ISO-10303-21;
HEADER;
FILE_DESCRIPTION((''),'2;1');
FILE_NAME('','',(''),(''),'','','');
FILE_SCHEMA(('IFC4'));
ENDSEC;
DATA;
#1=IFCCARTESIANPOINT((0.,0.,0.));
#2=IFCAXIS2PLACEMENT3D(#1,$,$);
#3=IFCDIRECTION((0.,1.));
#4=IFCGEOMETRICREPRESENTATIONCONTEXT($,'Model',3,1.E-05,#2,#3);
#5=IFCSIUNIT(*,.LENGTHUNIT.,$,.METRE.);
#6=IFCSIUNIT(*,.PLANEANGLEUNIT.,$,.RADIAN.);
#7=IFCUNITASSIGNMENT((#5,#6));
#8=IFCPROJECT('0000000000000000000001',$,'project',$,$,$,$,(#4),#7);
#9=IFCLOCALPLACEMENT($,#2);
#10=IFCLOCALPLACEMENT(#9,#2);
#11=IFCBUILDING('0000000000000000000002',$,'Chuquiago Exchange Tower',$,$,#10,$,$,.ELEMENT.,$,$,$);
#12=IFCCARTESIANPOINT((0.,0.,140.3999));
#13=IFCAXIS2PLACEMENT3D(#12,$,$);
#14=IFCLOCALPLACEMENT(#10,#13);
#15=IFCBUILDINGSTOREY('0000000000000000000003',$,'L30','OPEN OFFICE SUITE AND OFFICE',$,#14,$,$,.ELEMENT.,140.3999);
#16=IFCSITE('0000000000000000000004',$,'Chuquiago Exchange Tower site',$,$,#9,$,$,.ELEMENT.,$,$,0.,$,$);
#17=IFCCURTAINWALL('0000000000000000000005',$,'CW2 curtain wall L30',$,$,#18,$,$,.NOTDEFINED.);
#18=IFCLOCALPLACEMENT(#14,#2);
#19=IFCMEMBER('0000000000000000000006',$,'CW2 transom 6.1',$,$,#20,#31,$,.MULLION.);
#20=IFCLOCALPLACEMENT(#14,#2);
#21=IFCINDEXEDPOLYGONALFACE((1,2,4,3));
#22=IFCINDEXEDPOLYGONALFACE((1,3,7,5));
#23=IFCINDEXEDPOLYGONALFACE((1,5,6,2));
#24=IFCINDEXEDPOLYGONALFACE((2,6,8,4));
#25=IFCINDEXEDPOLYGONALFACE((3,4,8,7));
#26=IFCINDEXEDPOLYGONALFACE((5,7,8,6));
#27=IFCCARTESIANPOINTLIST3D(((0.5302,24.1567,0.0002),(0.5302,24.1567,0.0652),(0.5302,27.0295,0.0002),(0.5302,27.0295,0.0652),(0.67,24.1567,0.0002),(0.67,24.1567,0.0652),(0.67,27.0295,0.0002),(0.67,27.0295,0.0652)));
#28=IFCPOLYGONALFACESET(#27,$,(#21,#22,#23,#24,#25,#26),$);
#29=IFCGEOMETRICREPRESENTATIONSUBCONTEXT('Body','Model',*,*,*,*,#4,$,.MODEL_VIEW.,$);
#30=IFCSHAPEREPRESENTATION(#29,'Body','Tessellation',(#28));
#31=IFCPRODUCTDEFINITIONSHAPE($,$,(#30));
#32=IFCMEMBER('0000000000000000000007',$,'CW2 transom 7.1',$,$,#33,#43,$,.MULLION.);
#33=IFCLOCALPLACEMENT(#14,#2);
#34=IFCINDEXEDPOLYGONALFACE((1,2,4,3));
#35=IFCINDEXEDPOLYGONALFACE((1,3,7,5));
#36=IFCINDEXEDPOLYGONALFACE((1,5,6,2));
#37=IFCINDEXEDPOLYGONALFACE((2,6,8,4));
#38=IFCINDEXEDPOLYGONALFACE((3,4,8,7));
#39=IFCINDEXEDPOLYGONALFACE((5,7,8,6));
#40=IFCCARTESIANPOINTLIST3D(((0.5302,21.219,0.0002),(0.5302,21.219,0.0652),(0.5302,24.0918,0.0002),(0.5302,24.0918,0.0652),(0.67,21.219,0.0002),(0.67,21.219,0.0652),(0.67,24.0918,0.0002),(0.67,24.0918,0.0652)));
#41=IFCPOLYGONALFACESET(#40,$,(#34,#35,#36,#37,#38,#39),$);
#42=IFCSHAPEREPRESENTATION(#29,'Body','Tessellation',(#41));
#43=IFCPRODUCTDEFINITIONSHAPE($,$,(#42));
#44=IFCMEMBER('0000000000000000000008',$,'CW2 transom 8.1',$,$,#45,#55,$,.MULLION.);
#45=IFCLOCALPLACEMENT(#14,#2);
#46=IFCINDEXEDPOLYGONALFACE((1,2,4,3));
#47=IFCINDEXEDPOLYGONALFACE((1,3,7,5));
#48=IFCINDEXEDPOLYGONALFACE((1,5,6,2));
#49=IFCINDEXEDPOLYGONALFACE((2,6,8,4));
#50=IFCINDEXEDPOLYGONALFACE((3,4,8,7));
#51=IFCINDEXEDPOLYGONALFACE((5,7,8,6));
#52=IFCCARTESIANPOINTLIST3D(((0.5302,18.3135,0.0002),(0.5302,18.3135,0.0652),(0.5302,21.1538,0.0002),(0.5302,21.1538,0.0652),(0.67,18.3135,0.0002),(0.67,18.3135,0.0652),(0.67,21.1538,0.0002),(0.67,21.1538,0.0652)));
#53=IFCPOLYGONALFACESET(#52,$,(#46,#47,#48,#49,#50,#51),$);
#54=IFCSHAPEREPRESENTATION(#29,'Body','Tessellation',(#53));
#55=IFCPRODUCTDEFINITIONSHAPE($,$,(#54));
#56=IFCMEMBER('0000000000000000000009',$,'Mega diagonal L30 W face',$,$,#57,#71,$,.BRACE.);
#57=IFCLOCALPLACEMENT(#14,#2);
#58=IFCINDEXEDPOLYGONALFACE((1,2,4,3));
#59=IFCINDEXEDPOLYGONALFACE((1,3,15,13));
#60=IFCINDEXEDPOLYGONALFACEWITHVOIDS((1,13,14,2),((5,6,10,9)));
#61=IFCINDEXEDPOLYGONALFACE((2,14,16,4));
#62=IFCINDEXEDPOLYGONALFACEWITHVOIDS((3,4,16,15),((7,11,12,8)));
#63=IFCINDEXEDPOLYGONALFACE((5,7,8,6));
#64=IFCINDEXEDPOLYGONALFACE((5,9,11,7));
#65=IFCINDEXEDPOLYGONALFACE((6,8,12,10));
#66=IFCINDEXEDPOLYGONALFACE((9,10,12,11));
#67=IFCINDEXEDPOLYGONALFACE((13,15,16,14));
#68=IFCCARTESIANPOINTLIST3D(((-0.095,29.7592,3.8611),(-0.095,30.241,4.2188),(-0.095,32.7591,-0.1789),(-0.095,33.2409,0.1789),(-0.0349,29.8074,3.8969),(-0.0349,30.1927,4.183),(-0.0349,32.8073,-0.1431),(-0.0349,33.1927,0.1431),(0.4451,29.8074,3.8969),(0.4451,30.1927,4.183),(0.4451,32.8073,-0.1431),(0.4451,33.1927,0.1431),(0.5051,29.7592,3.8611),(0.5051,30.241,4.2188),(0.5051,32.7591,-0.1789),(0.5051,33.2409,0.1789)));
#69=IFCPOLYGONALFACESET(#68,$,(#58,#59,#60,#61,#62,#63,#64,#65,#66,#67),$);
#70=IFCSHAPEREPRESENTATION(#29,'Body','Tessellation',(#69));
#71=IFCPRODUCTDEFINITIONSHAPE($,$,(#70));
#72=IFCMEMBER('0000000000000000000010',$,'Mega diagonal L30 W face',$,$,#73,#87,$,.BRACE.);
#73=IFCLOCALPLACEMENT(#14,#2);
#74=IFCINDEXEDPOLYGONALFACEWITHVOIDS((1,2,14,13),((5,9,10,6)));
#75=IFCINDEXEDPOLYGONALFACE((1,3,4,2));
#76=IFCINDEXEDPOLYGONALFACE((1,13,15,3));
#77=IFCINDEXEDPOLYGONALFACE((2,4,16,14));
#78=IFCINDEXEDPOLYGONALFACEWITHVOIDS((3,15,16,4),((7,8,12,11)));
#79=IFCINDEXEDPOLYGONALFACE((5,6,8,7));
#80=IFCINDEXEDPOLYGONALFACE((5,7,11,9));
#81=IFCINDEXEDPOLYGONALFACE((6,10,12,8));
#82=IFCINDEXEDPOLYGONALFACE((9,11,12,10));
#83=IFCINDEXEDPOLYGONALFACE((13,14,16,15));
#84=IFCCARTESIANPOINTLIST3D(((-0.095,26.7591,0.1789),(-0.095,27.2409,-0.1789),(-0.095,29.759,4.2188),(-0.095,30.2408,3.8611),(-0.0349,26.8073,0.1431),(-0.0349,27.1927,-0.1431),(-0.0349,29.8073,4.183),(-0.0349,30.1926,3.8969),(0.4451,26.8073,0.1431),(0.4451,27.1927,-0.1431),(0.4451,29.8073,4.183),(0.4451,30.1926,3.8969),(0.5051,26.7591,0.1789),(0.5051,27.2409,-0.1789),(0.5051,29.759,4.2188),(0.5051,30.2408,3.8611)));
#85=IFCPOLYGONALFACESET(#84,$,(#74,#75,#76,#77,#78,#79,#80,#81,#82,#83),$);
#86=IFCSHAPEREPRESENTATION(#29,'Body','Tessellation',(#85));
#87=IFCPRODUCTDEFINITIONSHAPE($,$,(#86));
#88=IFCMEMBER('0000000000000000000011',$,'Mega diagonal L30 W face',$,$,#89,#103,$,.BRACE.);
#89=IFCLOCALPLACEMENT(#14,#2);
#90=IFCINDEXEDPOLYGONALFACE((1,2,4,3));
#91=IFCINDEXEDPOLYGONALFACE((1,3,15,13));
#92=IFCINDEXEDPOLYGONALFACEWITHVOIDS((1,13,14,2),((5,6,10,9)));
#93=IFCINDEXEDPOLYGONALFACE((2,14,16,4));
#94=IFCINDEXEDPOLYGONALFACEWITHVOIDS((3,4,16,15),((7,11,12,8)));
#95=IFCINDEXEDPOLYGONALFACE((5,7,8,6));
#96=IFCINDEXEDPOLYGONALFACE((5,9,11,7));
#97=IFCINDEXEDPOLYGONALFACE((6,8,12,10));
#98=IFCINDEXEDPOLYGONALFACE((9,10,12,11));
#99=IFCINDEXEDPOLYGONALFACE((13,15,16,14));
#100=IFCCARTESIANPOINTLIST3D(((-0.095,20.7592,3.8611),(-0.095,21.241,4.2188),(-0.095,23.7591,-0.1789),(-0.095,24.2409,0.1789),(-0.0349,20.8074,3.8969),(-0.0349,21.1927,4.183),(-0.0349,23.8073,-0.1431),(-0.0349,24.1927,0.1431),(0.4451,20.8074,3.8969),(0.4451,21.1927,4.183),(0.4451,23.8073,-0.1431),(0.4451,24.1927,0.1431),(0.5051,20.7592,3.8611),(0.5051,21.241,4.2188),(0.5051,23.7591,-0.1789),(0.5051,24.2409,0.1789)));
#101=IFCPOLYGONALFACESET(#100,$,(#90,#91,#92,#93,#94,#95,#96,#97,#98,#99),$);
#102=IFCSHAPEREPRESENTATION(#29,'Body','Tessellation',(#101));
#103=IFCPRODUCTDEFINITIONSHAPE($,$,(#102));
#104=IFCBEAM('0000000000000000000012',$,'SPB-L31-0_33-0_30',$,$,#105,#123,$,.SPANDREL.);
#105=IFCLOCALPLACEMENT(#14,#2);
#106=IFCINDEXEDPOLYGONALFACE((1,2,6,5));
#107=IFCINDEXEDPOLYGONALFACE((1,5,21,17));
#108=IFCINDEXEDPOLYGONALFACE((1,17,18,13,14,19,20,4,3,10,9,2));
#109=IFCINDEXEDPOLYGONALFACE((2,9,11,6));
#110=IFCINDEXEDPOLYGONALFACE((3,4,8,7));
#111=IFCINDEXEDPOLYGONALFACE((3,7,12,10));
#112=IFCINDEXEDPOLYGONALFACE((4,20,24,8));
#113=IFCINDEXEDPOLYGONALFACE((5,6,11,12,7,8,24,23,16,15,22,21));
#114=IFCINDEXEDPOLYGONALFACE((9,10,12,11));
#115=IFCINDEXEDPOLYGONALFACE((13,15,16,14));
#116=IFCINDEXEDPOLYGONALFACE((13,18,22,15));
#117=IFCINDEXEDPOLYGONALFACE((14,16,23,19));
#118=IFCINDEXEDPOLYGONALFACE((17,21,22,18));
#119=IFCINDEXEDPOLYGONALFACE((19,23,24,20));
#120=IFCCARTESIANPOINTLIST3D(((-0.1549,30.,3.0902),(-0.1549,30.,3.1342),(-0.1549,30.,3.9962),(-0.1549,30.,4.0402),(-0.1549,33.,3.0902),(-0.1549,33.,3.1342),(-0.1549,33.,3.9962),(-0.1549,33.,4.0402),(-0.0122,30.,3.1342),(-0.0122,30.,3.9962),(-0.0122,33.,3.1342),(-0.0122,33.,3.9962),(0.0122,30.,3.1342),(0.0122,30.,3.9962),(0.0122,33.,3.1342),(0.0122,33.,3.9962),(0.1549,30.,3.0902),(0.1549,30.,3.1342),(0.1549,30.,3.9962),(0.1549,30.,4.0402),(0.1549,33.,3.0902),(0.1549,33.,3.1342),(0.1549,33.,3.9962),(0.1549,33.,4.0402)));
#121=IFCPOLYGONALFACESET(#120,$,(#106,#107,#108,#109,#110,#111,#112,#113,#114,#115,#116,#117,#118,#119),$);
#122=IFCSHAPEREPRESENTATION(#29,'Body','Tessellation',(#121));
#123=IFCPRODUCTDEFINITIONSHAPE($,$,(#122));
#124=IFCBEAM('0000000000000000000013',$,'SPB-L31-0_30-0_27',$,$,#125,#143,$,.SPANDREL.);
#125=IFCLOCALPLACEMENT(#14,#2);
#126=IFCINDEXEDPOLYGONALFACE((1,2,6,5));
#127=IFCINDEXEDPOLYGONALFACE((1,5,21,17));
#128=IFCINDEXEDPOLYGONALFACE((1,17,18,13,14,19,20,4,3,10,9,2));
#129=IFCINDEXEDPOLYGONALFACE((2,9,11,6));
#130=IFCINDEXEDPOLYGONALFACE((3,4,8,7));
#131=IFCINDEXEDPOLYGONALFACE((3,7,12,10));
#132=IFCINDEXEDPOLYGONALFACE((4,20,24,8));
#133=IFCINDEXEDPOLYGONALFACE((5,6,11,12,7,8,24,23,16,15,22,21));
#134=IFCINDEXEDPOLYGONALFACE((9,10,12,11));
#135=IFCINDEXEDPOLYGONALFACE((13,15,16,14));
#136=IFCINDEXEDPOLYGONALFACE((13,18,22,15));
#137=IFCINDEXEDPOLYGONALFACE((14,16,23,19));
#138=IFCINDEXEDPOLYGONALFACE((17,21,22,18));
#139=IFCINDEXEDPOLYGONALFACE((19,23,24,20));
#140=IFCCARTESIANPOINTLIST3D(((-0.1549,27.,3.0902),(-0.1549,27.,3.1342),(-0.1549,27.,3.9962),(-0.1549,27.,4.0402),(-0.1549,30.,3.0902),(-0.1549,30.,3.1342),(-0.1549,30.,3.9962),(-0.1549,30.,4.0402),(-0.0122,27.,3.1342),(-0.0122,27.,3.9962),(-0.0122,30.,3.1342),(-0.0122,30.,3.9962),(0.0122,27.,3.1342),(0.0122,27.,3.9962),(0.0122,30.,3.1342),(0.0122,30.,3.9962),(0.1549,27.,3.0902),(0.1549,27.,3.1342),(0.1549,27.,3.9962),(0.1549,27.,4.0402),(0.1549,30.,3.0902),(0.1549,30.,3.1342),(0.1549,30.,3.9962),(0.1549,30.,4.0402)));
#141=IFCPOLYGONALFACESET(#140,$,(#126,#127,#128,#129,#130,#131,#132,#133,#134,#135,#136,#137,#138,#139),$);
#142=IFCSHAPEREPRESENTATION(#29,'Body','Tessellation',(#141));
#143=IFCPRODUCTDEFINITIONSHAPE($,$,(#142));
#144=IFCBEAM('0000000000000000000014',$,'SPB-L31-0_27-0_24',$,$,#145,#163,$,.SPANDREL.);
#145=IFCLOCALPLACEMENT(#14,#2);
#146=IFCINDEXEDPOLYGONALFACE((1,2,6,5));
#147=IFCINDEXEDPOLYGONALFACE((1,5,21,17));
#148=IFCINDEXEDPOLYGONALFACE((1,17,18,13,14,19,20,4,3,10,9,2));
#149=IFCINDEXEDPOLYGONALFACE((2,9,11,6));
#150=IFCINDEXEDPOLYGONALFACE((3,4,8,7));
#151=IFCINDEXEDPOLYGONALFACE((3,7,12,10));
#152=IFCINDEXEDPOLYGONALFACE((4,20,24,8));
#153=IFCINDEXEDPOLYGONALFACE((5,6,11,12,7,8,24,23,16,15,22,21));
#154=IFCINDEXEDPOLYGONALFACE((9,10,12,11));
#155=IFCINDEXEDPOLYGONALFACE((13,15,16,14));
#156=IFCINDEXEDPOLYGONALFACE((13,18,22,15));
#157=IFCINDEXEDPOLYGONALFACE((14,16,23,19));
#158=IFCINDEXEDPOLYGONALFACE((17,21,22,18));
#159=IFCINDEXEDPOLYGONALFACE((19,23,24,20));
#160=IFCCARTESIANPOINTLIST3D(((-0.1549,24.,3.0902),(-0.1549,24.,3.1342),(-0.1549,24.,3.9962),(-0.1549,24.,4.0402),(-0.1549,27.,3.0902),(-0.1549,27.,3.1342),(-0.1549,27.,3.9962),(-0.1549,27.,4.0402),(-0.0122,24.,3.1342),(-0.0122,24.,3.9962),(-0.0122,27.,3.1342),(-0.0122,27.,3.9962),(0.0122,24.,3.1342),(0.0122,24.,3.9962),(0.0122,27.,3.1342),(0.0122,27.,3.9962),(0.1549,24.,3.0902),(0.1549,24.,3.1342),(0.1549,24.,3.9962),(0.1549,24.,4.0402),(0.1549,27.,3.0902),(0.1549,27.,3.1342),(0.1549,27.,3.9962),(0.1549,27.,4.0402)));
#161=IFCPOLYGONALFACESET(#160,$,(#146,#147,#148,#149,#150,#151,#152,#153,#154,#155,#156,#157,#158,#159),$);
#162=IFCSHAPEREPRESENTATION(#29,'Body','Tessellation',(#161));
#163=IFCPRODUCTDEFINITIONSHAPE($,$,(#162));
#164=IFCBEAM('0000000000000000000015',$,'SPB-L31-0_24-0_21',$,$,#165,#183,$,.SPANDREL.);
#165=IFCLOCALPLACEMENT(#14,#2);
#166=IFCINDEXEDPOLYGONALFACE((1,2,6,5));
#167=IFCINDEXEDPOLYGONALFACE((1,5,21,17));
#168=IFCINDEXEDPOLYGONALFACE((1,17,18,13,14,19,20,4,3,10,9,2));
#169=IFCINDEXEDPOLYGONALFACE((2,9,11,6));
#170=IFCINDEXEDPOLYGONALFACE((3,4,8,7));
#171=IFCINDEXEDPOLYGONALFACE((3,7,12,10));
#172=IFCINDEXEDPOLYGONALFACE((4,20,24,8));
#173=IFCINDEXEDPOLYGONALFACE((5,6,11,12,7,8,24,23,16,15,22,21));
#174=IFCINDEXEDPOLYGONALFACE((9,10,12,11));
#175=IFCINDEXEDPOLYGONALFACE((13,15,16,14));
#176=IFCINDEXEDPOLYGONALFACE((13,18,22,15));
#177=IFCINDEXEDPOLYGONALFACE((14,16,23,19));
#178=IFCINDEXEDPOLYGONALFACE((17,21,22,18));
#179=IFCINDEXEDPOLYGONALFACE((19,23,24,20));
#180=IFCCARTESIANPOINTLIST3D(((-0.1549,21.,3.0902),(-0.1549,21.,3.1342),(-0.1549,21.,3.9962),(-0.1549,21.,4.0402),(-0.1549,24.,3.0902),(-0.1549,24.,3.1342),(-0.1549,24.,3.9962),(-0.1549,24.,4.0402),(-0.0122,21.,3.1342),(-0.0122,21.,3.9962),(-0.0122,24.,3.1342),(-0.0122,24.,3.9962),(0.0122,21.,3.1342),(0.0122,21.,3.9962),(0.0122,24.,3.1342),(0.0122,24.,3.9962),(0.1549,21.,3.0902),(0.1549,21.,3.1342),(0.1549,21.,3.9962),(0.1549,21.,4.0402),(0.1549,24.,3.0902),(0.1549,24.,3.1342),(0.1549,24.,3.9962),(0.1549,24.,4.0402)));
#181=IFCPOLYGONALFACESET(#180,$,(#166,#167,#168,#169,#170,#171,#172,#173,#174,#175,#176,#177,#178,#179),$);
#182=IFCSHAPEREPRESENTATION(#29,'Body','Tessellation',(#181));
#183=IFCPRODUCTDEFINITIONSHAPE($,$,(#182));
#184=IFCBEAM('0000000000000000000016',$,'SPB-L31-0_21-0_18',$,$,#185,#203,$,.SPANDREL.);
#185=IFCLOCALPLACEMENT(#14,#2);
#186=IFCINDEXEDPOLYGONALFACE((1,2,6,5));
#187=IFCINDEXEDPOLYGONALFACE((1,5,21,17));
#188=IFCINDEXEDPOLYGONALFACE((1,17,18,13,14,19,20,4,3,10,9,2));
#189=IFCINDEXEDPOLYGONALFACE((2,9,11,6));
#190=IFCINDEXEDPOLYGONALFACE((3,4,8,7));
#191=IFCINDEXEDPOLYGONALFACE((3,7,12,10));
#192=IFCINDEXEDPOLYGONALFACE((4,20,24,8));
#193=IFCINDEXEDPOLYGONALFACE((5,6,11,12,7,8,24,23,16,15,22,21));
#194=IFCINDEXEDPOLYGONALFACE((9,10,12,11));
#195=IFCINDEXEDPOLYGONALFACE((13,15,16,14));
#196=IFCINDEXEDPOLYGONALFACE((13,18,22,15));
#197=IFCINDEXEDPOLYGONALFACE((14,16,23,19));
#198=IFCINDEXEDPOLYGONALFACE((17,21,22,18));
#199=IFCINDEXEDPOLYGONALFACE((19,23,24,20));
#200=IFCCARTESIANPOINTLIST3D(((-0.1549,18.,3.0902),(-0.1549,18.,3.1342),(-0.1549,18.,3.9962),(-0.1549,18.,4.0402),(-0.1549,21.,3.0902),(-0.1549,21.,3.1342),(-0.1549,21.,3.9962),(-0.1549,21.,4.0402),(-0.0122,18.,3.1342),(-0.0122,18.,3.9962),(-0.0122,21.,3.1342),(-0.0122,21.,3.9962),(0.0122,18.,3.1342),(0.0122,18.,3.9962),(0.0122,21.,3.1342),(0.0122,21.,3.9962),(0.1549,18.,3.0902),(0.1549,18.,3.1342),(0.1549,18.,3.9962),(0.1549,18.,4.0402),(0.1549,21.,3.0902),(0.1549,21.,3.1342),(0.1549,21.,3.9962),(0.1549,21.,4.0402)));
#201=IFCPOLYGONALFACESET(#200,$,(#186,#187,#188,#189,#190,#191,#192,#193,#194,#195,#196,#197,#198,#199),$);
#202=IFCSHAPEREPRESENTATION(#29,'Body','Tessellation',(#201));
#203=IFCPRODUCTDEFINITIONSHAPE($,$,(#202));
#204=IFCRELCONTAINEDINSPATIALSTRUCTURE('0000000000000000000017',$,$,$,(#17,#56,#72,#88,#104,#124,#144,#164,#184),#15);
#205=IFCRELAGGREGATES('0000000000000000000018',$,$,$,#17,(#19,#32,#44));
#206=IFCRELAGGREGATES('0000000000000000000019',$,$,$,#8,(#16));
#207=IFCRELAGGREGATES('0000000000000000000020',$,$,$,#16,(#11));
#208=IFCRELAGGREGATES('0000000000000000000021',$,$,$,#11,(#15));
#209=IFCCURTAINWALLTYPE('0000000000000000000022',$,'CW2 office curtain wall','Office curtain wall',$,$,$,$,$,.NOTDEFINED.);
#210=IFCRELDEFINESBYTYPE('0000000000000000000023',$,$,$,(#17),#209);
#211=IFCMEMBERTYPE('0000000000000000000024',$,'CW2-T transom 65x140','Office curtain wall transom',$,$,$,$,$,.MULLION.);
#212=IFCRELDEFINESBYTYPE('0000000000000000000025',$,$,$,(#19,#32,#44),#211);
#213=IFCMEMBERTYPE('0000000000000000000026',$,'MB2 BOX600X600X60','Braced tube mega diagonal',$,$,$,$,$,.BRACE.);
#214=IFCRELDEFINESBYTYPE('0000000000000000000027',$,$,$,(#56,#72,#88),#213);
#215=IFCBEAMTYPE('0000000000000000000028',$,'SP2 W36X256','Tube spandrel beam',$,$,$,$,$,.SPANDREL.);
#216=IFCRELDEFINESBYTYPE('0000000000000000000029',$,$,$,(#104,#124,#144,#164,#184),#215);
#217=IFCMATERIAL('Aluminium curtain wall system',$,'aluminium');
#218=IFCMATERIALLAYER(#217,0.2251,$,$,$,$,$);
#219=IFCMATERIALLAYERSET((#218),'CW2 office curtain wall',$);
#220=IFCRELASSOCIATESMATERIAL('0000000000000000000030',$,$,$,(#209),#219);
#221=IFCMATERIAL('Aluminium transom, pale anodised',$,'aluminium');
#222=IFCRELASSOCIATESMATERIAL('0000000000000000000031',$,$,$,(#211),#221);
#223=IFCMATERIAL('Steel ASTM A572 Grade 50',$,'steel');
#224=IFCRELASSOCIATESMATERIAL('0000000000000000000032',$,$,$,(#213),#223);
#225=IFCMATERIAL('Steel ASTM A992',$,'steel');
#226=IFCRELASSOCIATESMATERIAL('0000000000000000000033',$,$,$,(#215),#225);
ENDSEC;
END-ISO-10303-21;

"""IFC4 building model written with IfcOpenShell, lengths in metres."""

from ifc_helpers import new_model, si_unit, direction, frame, origin, origin_2d, place, context, subcontext, project, spatial, rectangle, hollow_rectangle, i_section, extrude, material, layer, layer_set, material_profile, profile_set, type_object, element, aggregate, save


model = new_model("IFC4")

# Units and contexts
model_context = context("Model", 3, precision=1e-05, world=origin(), true_north=direction((0.0, 1.0)))
body_context = subcontext(model_context, "Body", "Model", "MODEL_VIEW")
ifc_project = project(units=[si_unit("LENGTHUNIT", "METRE"), si_unit("PLANEANGLEUNIT", "RADIAN")], contexts=[model_context])

# Site, building, storey
site_placement = place(None, origin())
site = spatial("IfcSite", under=ifc_project, at=site_placement, Name="Chuquiago Exchange Tower site", CompositionType="ELEMENT", RefElevation=0.0)
building_placement = place(site_placement, origin())
building = spatial("IfcBuilding", under=site, at=building_placement, Name="Chuquiago Exchange Tower", CompositionType="ELEMENT")
storey_placement = place(building_placement, frame((0.0, 0.0, 140.3999)))
storey = spatial("IfcBuildingStorey", under=building, at=storey_placement, Name="L30", Description="OPEN OFFICE SUITE AND OFFICE", CompositionType="ELEMENT", Elevation=140.3999)

# Curtain wall, members
ifc_material_1 = material(Name="Aluminium curtain wall system", Category="aluminium")
ifc_layer_1 = layer(ifc_material_1, 0.2251)
ifc_layer_set_1 = layer_set([ifc_layer_1], Name="CW2 office curtain wall")
curtain_wall_type = type_object("IfcCurtainWallType", Name="CW2 office curtain wall", Description="Office curtain wall", PredefinedType="NOTDEFINED", material=ifc_layer_set_1)
curtain_wall_placement = place(storey_placement, origin())
curtain_wall = element("IfcCurtainWall", 1, at=curtain_wall_placement, inside=storey, type_object=curtain_wall_type, Name="CW2 curtain wall L30", PredefinedType="NOTDEFINED")
ifc_material_2 = material(Name="Aluminium transom, pale anodised", Category="aluminium")
ifc_material_profile_1 = material_profile(ifc_material_2, rectangle(XDim=0.1399, YDim=0.0649, at=origin_2d()), Name="AL 140x65")
ifc_profile_set_1 = profile_set([ifc_material_profile_1], Name="Aluminium transom, pale anodised")
member_type_1 = type_object("IfcMemberType", Name="CW2-T transom 65x140", Description="Office curtain wall transom", PredefinedType="MULLION", material=ifc_profile_set_1)
member_1_placement = place(storey_placement, frame((0.6001, 27.0295, 0.0327), z_axis=(0.0, -1.0, 0.0), x_axis=(1.0, 0.0, 0.0)))
member_1 = element("IfcMember", 2, at=member_1_placement, type_object=member_type_1, Name="CW2 transom 6.1", PredefinedType="MULLION", context=body_context, shape_type="SweptSolid", body=[
    extrude(rectangle(XDim=0.1399, YDim=0.0649, at=origin_2d()), origin(), (0.0, 0.0, 1.0), 2.8728),
])
member_2_placement = place(storey_placement, frame((0.6001, 24.0918, 0.0327), z_axis=(0.0, -1.0, 0.0), x_axis=(1.0, 0.0, 0.0)))
member_2 = element("IfcMember", 3, at=member_2_placement, type_object=member_type_1, Name="CW2 transom 7.1", PredefinedType="MULLION", context=body_context, shape_type="SweptSolid", body=[
    extrude(rectangle(XDim=0.1399, YDim=0.0649, at=origin_2d()), origin(), (0.0, 0.0, 1.0), 2.8728),
])
member_3_placement = place(storey_placement, frame((0.6001, 21.1538, 0.0327), z_axis=(0.0, -1.0, 0.0), x_axis=(1.0, 0.0, 0.0)))
member_3 = element("IfcMember", 4, at=member_3_placement, type_object=member_type_1, Name="CW2 transom 8.1", PredefinedType="MULLION", context=body_context, shape_type="SweptSolid", body=[
    extrude(rectangle(XDim=0.1399, YDim=0.0649, at=origin_2d()), origin(), (0.0, 0.0, 1.0), 2.8403),
])

# Members
ifc_material_3 = material(Name="Steel ASTM A572 Grade 50", Category="steel")
ifc_material_profile_2 = material_profile(ifc_material_3, hollow_rectangle(XDim=0.6001, YDim=0.6001, WallThickness=0.0601, at=origin_2d()), Name="BOX600X600X60")
ifc_profile_set_2 = profile_set([ifc_material_profile_2], Name="Steel ASTM A572 Grade 50")
member_type_2 = type_object("IfcMemberType", Name="MB2 BOX600X600X60", Description="Braced tube mega diagonal", PredefinedType="BRACE", material=ifc_profile_set_2)
for number, where, z_axis, x_axis, name in (
    (5, (0.2051, 33.0, 0.0), (0.0, -0.596174, 0.802855), (1.0, 0.0, 0.0), "Mega diagonal L30 W face"),
    (6, (0.2051, 27.0, 0.0), (0.0, 0.596174, 0.802855), (-1.0, 0.0, 0.0), "Mega diagonal L30 W face"),
    (7, (0.2051, 24.0, 0.0), (0.0, -0.596174, 0.802855), (1.0, 0.0, 0.0), "Mega diagonal L30 W face"),
):
    element("IfcMember", number, at=place(storey_placement, frame(where, z_axis=z_axis, x_axis=x_axis)), inside=storey, type_object=member_type_2, Name=name, PredefinedType="BRACE", context=body_context, shape_type="SweptSolid", body=[
        extrude(hollow_rectangle(XDim=0.6001, YDim=0.6001, WallThickness=0.0601, at=origin_2d()), origin(), (0.0, 0.0, 1.0), 5.032),
    ])

# Beams
ifc_material_4 = material(Name="Steel ASTM A992", Category="steel")
ifc_material_profile_3 = material_profile(ifc_material_4, i_section(OverallWidth=0.3098, OverallDepth=0.95, WebThickness=0.0244, FlangeThickness=0.0439, at=origin_2d()), Name="W36X256")
ifc_profile_set_3 = profile_set([ifc_material_profile_3], Name="Steel ASTM A992")
beam_type = type_object("IfcBeamType", Name="SP2 W36X256", Description="Tube spandrel beam", PredefinedType="SPANDREL", material=ifc_profile_set_3)
for number, where, z_axis, x_axis, name in (
    (8, (0.0, 33.0, 3.5652), (0.0, -1.0, 0.0), (1.0, 0.0, 0.0), "SPB-L31-0_33-0_30"),
    (9, (0.0, 30.0, 3.5652), (0.0, -1.0, 0.0), (1.0, 0.0, 0.0), "SPB-L31-0_30-0_27"),
    (10, (0.0, 27.0, 3.5652), (0.0, -1.0, 0.0), (1.0, 0.0, 0.0), "SPB-L31-0_27-0_24"),
    (11, (0.0, 24.0, 3.5652), (0.0, -1.0, 0.0), (1.0, 0.0, 0.0), "SPB-L31-0_24-0_21"),
    (12, (0.0, 21.0, 3.5652), (0.0, -1.0, 0.0), (1.0, 0.0, 0.0), "SPB-L31-0_21-0_18"),
):
    element("IfcBeam", number, at=place(storey_placement, frame(where, z_axis=z_axis, x_axis=x_axis)), inside=storey, type_object=beam_type, Name=name, PredefinedType="SPANDREL", context=body_context, shape_type="SweptSolid", body=[
        extrude(i_section(OverallWidth=0.3098, OverallDepth=0.95, WebThickness=0.0244, FlangeThickness=0.0439, at=origin_2d()), origin(), (0.0, 0.0, 1.0), 3.0),
    ])

aggregate(curtain_wall, [member_1, member_2, member_3])

save(model, "model.ifc")
